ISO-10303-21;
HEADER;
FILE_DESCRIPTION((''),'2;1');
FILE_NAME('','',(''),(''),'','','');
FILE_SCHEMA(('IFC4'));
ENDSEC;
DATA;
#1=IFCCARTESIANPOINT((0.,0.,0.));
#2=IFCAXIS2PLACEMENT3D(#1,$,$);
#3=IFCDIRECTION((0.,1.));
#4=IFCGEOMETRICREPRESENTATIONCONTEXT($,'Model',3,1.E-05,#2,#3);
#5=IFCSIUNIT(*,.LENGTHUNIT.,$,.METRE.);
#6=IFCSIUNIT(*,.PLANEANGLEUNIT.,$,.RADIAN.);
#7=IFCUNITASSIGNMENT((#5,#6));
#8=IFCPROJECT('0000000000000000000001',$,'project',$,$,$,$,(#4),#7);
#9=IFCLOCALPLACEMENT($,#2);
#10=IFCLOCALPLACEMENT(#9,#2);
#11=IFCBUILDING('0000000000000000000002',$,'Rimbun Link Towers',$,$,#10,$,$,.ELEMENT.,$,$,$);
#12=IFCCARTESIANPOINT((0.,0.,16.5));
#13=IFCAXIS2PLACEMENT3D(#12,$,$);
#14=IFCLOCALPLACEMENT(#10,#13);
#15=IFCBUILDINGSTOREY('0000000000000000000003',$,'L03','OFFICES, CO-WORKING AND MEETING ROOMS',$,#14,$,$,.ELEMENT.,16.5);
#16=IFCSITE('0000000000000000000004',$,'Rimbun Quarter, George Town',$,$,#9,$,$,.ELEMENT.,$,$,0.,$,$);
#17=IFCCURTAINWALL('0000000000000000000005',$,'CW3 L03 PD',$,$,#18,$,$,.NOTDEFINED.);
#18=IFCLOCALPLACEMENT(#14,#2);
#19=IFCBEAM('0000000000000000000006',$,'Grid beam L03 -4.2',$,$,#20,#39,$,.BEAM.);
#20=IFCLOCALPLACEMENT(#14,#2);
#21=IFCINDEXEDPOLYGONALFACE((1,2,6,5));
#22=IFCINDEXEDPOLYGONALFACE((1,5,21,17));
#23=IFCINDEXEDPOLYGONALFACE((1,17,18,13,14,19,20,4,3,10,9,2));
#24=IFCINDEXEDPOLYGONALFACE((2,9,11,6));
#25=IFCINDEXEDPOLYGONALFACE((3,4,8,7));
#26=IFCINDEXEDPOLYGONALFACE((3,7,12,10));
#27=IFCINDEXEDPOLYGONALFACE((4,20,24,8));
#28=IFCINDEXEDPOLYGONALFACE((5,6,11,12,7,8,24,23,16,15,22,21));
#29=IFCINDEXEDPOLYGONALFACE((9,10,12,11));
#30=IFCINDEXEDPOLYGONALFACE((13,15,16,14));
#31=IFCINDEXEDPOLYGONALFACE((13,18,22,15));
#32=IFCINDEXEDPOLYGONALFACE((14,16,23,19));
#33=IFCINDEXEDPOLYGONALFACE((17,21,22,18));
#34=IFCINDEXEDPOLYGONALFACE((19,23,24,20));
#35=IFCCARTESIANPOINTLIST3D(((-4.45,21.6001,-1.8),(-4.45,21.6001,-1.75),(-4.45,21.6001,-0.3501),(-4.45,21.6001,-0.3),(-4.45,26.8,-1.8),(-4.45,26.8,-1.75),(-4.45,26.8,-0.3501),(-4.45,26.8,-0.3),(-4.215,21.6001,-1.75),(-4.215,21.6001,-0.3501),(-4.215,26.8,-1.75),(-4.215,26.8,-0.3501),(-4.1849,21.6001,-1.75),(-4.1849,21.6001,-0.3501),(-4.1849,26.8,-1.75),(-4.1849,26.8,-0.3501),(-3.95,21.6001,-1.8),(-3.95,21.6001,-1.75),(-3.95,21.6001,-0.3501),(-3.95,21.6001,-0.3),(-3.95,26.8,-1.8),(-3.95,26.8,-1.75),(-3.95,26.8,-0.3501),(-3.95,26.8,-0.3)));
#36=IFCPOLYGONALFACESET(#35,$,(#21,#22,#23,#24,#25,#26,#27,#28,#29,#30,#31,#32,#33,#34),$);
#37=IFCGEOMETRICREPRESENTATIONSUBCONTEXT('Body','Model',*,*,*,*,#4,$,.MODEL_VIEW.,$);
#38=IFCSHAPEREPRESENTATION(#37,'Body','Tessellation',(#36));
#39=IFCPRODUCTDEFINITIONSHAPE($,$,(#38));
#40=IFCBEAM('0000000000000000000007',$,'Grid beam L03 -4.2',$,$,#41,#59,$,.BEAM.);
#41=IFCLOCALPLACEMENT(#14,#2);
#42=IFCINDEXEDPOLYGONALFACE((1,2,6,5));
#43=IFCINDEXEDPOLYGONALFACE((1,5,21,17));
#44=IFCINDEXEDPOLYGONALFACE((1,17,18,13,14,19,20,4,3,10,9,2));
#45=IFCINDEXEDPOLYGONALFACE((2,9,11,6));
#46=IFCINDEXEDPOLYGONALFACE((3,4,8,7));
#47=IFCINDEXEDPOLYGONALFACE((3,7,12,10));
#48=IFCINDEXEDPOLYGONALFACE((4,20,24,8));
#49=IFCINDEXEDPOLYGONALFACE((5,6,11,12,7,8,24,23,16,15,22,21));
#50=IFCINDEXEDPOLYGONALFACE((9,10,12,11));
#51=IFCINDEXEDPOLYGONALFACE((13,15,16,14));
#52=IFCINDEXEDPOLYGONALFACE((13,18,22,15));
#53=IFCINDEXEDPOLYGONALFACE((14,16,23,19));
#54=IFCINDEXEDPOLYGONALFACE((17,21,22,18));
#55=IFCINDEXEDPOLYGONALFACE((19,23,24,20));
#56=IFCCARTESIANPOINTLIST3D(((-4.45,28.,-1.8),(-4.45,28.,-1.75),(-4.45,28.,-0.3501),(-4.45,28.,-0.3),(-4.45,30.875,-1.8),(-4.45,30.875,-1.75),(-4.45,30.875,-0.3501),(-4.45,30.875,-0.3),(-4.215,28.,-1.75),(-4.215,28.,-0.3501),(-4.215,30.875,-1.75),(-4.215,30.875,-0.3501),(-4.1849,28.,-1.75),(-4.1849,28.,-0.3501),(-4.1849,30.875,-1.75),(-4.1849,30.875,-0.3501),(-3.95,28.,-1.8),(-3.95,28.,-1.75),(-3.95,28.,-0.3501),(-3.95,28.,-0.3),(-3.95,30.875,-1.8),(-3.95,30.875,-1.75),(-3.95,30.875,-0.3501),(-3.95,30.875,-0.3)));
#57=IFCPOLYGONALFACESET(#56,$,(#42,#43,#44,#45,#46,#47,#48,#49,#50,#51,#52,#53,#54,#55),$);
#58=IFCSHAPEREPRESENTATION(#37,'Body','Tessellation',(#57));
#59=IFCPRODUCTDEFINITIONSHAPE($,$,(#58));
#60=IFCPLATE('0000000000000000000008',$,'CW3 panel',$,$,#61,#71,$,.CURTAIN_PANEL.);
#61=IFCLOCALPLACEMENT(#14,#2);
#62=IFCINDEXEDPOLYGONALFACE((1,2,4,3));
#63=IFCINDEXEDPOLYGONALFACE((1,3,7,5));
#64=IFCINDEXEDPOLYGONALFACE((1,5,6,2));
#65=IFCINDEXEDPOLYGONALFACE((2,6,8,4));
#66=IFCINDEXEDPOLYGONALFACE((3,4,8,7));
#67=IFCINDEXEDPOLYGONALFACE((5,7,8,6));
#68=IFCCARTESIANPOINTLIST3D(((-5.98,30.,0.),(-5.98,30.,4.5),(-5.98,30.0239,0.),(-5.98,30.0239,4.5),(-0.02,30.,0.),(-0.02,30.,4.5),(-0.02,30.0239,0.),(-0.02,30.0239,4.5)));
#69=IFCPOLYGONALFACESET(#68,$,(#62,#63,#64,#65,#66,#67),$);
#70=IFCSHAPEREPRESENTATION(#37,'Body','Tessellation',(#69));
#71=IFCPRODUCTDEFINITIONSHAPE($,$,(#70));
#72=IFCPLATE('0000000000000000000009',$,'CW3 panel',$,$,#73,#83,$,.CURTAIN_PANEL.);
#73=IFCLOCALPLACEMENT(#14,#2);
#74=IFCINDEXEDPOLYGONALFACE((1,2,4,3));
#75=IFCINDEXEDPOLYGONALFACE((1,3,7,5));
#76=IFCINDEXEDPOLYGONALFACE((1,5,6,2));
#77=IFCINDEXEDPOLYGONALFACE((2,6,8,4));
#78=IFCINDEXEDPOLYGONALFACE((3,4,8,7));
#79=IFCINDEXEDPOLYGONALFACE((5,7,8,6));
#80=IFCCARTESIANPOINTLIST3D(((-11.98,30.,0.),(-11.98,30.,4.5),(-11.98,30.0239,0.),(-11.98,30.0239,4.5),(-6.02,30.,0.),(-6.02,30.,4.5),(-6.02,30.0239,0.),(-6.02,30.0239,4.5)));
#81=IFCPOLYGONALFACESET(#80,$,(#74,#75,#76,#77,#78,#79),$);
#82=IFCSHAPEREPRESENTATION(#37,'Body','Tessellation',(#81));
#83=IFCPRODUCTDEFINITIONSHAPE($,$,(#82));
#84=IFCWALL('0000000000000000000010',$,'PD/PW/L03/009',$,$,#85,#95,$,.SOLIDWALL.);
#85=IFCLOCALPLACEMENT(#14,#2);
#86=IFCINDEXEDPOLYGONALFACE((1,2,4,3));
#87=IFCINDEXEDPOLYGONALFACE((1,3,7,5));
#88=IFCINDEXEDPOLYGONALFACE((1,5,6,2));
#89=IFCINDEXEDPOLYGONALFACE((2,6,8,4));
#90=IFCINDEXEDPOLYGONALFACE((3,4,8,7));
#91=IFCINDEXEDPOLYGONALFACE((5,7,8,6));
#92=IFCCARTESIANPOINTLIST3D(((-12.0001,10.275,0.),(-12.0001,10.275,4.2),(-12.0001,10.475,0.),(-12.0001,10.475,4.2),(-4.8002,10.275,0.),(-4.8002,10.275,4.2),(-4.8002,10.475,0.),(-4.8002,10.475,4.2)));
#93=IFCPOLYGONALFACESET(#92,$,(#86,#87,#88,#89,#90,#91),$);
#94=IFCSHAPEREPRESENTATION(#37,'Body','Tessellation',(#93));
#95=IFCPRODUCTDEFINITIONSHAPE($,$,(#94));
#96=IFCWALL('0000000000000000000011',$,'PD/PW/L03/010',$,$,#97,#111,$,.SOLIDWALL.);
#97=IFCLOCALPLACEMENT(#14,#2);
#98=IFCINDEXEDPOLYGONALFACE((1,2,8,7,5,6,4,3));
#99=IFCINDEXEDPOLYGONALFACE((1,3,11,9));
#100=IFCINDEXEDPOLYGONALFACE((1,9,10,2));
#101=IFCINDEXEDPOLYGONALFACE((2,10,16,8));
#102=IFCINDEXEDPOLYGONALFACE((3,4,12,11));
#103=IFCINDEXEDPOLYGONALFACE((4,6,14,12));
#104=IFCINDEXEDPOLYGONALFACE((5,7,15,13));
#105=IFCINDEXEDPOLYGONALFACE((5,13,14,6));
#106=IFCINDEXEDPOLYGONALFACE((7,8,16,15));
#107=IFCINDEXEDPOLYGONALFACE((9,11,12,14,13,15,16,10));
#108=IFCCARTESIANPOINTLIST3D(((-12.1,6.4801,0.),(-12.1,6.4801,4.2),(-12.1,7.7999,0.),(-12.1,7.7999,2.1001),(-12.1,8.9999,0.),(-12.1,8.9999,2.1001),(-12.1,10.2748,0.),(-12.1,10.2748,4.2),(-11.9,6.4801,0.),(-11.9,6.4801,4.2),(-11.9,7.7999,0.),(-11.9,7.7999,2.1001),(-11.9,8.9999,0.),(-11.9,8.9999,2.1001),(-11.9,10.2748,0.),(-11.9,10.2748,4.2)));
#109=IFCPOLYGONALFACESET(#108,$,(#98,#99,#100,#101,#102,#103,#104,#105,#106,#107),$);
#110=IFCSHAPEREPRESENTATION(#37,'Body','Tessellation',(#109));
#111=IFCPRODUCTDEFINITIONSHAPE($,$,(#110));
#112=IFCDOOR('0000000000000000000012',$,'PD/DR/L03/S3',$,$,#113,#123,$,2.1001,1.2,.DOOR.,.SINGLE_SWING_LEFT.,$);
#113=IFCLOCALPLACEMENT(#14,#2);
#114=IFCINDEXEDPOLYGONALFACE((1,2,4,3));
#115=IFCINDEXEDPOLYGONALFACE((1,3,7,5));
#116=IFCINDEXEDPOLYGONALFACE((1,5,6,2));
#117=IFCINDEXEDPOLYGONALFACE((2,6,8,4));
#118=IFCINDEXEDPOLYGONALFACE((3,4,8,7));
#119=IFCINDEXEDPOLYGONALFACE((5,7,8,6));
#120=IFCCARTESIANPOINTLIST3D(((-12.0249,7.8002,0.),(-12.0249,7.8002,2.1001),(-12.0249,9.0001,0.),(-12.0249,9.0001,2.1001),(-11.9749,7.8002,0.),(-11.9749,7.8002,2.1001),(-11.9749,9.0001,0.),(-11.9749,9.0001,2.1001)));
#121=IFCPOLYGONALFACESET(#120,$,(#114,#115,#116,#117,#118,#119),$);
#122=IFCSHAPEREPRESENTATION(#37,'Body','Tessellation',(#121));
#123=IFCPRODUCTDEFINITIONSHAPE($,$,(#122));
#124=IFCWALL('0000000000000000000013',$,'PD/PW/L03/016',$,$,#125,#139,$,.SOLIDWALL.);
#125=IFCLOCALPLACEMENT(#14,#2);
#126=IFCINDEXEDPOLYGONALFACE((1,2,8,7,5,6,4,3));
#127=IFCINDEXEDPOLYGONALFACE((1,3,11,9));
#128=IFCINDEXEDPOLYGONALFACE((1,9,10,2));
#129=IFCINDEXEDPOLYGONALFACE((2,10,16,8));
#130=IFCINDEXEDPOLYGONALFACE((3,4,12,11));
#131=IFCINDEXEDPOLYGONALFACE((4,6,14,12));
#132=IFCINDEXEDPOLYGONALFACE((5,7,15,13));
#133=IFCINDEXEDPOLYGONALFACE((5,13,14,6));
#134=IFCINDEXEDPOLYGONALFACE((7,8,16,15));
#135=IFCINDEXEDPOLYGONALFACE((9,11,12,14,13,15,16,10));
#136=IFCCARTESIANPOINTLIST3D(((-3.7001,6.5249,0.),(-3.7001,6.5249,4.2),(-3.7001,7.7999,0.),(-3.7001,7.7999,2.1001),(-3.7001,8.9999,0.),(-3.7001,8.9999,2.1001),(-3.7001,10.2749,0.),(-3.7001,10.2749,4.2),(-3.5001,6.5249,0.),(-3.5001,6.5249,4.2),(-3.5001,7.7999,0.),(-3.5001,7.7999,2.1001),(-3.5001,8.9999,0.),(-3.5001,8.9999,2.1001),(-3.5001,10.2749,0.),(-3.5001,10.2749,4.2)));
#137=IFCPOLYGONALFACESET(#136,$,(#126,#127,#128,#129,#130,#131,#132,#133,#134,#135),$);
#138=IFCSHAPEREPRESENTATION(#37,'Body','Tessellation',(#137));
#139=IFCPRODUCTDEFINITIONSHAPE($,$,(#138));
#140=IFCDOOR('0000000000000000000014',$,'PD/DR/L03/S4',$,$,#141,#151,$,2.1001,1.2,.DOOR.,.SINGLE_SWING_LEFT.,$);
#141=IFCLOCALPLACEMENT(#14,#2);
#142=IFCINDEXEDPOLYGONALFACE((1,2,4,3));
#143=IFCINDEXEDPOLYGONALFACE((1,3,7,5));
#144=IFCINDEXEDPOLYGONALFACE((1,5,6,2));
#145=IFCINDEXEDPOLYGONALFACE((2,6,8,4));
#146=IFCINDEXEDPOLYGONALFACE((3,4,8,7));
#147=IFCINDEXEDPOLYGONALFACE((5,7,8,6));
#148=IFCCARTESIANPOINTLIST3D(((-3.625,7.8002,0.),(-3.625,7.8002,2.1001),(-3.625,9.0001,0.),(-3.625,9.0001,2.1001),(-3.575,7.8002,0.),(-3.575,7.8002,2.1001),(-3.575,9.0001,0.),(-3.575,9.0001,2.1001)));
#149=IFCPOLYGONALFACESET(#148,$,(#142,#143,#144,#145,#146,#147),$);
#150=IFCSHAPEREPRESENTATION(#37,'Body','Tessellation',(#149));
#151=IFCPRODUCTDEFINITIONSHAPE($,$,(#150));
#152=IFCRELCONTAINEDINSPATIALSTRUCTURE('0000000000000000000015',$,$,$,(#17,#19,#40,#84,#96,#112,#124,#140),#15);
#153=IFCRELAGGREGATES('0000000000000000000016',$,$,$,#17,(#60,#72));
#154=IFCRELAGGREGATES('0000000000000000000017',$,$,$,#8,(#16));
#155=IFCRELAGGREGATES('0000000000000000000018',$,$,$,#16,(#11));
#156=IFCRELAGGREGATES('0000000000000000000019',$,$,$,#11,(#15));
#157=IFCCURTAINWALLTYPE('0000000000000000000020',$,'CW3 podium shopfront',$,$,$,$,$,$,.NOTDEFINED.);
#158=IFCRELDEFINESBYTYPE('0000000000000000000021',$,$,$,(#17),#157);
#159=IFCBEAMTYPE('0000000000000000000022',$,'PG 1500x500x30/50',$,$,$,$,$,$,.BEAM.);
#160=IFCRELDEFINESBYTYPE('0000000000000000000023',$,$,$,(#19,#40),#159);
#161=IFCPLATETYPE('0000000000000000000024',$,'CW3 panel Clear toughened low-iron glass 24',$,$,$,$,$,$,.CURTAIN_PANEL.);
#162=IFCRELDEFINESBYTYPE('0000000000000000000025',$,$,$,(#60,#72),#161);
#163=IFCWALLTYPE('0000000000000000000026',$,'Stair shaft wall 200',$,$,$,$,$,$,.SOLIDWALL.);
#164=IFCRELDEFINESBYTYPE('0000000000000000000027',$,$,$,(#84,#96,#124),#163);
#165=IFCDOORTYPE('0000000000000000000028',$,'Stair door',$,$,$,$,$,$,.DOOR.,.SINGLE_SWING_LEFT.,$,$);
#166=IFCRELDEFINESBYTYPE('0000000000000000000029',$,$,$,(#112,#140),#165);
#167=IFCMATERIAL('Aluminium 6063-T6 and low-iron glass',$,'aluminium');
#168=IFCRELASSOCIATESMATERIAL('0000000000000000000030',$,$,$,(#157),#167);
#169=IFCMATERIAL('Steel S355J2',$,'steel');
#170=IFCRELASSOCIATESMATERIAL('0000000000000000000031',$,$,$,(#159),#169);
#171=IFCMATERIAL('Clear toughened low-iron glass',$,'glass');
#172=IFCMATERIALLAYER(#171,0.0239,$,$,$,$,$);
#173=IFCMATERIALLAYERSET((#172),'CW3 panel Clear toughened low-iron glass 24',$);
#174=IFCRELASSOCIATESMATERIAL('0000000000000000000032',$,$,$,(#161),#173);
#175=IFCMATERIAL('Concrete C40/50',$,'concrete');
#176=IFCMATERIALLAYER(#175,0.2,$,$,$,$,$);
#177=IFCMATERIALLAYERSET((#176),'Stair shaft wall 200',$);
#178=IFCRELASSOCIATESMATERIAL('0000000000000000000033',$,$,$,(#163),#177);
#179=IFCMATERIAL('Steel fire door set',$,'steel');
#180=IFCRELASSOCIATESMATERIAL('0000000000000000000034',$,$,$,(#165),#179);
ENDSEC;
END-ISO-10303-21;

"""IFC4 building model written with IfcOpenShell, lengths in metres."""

from ifc_helpers import new_model, si_unit, direction, frame, frame_2d, origin, origin_2d, place, context, subcontext, project, spatial, rectangle, i_section, extrude, material, layer, layer_set, material_profile, profile_set, type_object, element, fill, aggregate, save


model = new_model("IFC4")

# Units and contexts
model_context = context("Model", 3, precision=1e-05, world=origin(), true_north=direction((0.0, 1.0)))
body_context = subcontext(model_context, "Body", "Model", "MODEL_VIEW")
ifc_project = project(units=[si_unit("LENGTHUNIT", "METRE"), si_unit("PLANEANGLEUNIT", "RADIAN")], contexts=[model_context])

# Site, building, storey
site_placement = place(None, origin())
site = spatial("IfcSite", under=ifc_project, at=site_placement, Name="Rimbun Quarter, George Town", CompositionType="ELEMENT", RefElevation=0.0)
building_placement = place(site_placement, origin())
building = spatial("IfcBuilding", under=site, at=building_placement, Name="Rimbun Link Towers", CompositionType="ELEMENT")
storey_placement = place(building_placement, frame((0.0, 0.0, 16.5)))
storey = spatial("IfcBuildingStorey", under=building, at=storey_placement, Name="L03", Description="OFFICES, CO-WORKING AND MEETING ROOMS", CompositionType="ELEMENT", Elevation=16.5)

# Curtain wall
ifc_material_1 = material(Name="Aluminium 6063-T6 and low-iron glass", Category="aluminium")
curtain_wall_type = type_object("IfcCurtainWallType", Name="CW3 podium shopfront", PredefinedType="NOTDEFINED", material=ifc_material_1)
curtain_wall_placement = place(storey_placement, origin())
curtain_wall = element("IfcCurtainWall", 1, at=curtain_wall_placement, inside=storey, type_object=curtain_wall_type, Name="CW3 L03 PD", PredefinedType="NOTDEFINED")

# Beams
ifc_material_2 = material(Name="Steel S355J2", Category="steel")
ifc_material_profile_1 = material_profile(ifc_material_2, i_section(OverallWidth=0.5, OverallDepth=1.5, WebThickness=0.03, FlangeThickness=0.05, at=origin_2d()), Name="PG 1500x500x30/50")
ifc_profile_set_1 = profile_set([ifc_material_profile_1], Name="Steel S355J2")
beam_type = type_object("IfcBeamType", Name="PG 1500x500x30/50", PredefinedType="BEAM", material=ifc_profile_set_1)
beam_1_placement = place(storey_placement, frame((-4.2, 21.6001, -1.05), z_axis=(0.0, 1.0, 0.0), x_axis=(-1.0, 0.0, 0.0)))
element("IfcBeam", 2, at=beam_1_placement, inside=storey, type_object=beam_type, Name="Grid beam L03 -4.2", PredefinedType="BEAM", context=body_context, shape_type="SweptSolid", body=[
    extrude(i_section(OverallWidth=0.5, OverallDepth=1.5, WebThickness=0.03, FlangeThickness=0.05, at=origin_2d()), origin(), (0.0, 0.0, 1.0), 5.2),
])
beam_2_placement = place(storey_placement, frame((-4.2, 28.0, -1.05), z_axis=(0.0, 1.0, 0.0), x_axis=(-1.0, 0.0, 0.0)))
element("IfcBeam", 3, at=beam_2_placement, inside=storey, type_object=beam_type, Name="Grid beam L03 -4.2", PredefinedType="BEAM", context=body_context, shape_type="SweptSolid", body=[
    extrude(i_section(OverallWidth=0.5, OverallDepth=1.5, WebThickness=0.03, FlangeThickness=0.05, at=origin_2d()), origin(), (0.0, 0.0, 1.0), 2.875),
])

# Plates
ifc_material_3 = material(Name="Clear toughened low-iron glass", Category="glass")
ifc_layer_1 = layer(ifc_material_3, 0.0239)
ifc_layer_set_1 = layer_set([ifc_layer_1], Name="CW3 panel Clear toughened low-iron glass 24")
plate_type = type_object("IfcPlateType", Name="CW3 panel Clear toughened low-iron glass 24", PredefinedType="CURTAIN_PANEL", material=ifc_layer_set_1)
plate_1_placement = place(storey_placement, frame((-3.0, 30.012, 0.0), z_axis=(0.0, 0.0, 1.0), x_axis=(1.0, 0.0, 0.0)))
plate_1 = element("IfcPlate", 4, at=plate_1_placement, type_object=plate_type, Name="CW3 panel", PredefinedType="CURTAIN_PANEL", context=body_context, shape_type="SweptSolid", body=[
    extrude(rectangle(XDim=5.96, YDim=0.0239, at=origin_2d()), origin(), (0.0, 0.0, 1.0), 4.5),
])
plate_2_placement = place(storey_placement, frame((-9.0, 30.012, 0.0), z_axis=(0.0, 0.0, 1.0), x_axis=(1.0, 0.0, 0.0)))
plate_2 = element("IfcPlate", 5, at=plate_2_placement, type_object=plate_type, Name="CW3 panel", PredefinedType="CURTAIN_PANEL", context=body_context, shape_type="SweptSolid", body=[
    extrude(rectangle(XDim=5.96, YDim=0.0239, at=origin_2d()), origin(), (0.0, 0.0, 1.0), 4.5),
])
aggregate(curtain_wall, [plate_1, plate_2])

# Wall
ifc_material_4 = material(Name="Concrete C40/50", Category="concrete")
ifc_layer_2 = layer(ifc_material_4, 0.2)
ifc_layer_set_2 = layer_set([ifc_layer_2], Name="Stair shaft wall 200")
wall_type = type_object("IfcWallType", Name="Stair shaft wall 200", PredefinedType="SOLIDWALL", material=ifc_layer_set_2)
wall_1_placement = place(storey_placement, frame((-4.8, 10.375, 0.0), z_axis=(0.0, 0.0, 1.0), x_axis=(-1.0, 0.0, 0.0)))
element("IfcWall", 6, at=wall_1_placement, inside=storey, type_object=wall_type, Name="PD/PW/L03/009", PredefinedType="SOLIDWALL", context=body_context, shape_type="SweptSolid", body=[
    extrude(rectangle(XDim=7.2, YDim=0.2, at=frame_2d((3.6001, 0.0))), origin(), (0.0, 0.0, 1.0), 4.2),
])

# Walls, openings, doors
wall_2_placement = place(storey_placement, frame((-12.0, 10.2749, 0.0), z_axis=(0.0, 0.0, 1.0), x_axis=(0.0, -1.0, 0.0)))
wall_2 = element("IfcWall", 7, at=wall_2_placement, inside=storey, type_object=wall_type, Name="PD/PW/L03/010", PredefinedType="SOLIDWALL", context=body_context, shape_type="SweptSolid", body=[
    extrude(rectangle(XDim=3.7947, YDim=0.2, at=frame_2d((1.8975, 0.0))), origin(), (0.0, 0.0, 1.0), 4.2),
])
opening_1_placement = place(wall_2_placement, frame((1.2749, 0.0, 0.0)))
opening_1 = element("IfcOpeningElement", 8, at=opening_1_placement, cuts=wall_2, PredefinedType="OPENING", context=body_context, shape_type="SweptSolid", body=[
    extrude(rectangle(XDim=1.2, YDim=2.1001, at=frame_2d((0.6001, 1.05))), frame((0.0, 0.1099, 0.0), z_axis=(0.0, -1.0, 0.0), x_axis=(1.0, 0.0, 0.0)), (0.0, 0.0, 1.0), 0.22),
])
ifc_material_5 = material(Name="Steel fire door set", Category="steel")
door_type = type_object("IfcDoorType", Name="Stair door", OperationType="SINGLE_SWING_LEFT", PredefinedType="DOOR", material=ifc_material_5)
door_1_placement = place(opening_1_placement, frame((1.2, 0.0, 0.0), z_axis=(0.0, 0.0, 1.0), x_axis=(-1.0, 0.0, 0.0)))
door_1 = element("IfcDoor", 9, at=door_1_placement, inside=storey, type_object=door_type, Name="PD/DR/L03/S3", OperationType="SINGLE_SWING_LEFT", OverallHeight=2.1001, OverallWidth=1.2, PredefinedType="DOOR", context=body_context, shape_type="SweptSolid", body=[
    extrude(rectangle(XDim=1.2, YDim=2.1001, at=frame_2d((0.6001, 1.05))), frame((0.0, 0.0249, 0.0), z_axis=(0.0, -1.0, 0.0), x_axis=(1.0, 0.0, 0.0)), (0.0, 0.0, 1.0), 0.05),
])
fill(opening_1, door_1)
wall_3_placement = place(storey_placement, frame((-3.6001, 10.2749, 0.0), z_axis=(0.0, 0.0, 1.0), x_axis=(0.0, -1.0, 0.0)))
wall_3 = element("IfcWall", 10, at=wall_3_placement, inside=storey, type_object=wall_type, Name="PD/PW/L03/016", PredefinedType="SOLIDWALL", context=body_context, shape_type="SweptSolid", body=[
    extrude(rectangle(XDim=3.75, YDim=0.2, at=frame_2d((1.875, 0.0))), origin(), (0.0, 0.0, 1.0), 4.2),
])
opening_2_placement = place(wall_3_placement, frame((1.2749, 0.0, 0.0)))
opening_2 = element("IfcOpeningElement", 11, at=opening_2_placement, cuts=wall_3, PredefinedType="OPENING", context=body_context, shape_type="SweptSolid", body=[
    extrude(rectangle(XDim=1.2, YDim=2.1001, at=frame_2d((0.6001, 1.05))), frame((0.0, 0.1099, 0.0), z_axis=(0.0, -1.0, 0.0), x_axis=(1.0, 0.0, 0.0)), (0.0, 0.0, 1.0), 0.22),
])
door_2_placement = place(opening_2_placement, frame((1.2, 0.0, 0.0), z_axis=(0.0, 0.0, 1.0), x_axis=(-1.0, 0.0, 0.0)))
door_2 = element("IfcDoor", 12, at=door_2_placement, inside=storey, type_object=door_type, Name="PD/DR/L03/S4", OperationType="SINGLE_SWING_LEFT", OverallHeight=2.1001, OverallWidth=1.2, PredefinedType="DOOR", context=body_context, shape_type="SweptSolid", body=[
    extrude(rectangle(XDim=1.2, YDim=2.1001, at=frame_2d((0.6001, 1.05))), frame((0.0, 0.0249, 0.0), z_axis=(0.0, -1.0, 0.0), x_axis=(1.0, 0.0, 0.0)), (0.0, 0.0, 1.0), 0.05),
])
fill(opening_2, door_2)

save(model, "model.ifc")
